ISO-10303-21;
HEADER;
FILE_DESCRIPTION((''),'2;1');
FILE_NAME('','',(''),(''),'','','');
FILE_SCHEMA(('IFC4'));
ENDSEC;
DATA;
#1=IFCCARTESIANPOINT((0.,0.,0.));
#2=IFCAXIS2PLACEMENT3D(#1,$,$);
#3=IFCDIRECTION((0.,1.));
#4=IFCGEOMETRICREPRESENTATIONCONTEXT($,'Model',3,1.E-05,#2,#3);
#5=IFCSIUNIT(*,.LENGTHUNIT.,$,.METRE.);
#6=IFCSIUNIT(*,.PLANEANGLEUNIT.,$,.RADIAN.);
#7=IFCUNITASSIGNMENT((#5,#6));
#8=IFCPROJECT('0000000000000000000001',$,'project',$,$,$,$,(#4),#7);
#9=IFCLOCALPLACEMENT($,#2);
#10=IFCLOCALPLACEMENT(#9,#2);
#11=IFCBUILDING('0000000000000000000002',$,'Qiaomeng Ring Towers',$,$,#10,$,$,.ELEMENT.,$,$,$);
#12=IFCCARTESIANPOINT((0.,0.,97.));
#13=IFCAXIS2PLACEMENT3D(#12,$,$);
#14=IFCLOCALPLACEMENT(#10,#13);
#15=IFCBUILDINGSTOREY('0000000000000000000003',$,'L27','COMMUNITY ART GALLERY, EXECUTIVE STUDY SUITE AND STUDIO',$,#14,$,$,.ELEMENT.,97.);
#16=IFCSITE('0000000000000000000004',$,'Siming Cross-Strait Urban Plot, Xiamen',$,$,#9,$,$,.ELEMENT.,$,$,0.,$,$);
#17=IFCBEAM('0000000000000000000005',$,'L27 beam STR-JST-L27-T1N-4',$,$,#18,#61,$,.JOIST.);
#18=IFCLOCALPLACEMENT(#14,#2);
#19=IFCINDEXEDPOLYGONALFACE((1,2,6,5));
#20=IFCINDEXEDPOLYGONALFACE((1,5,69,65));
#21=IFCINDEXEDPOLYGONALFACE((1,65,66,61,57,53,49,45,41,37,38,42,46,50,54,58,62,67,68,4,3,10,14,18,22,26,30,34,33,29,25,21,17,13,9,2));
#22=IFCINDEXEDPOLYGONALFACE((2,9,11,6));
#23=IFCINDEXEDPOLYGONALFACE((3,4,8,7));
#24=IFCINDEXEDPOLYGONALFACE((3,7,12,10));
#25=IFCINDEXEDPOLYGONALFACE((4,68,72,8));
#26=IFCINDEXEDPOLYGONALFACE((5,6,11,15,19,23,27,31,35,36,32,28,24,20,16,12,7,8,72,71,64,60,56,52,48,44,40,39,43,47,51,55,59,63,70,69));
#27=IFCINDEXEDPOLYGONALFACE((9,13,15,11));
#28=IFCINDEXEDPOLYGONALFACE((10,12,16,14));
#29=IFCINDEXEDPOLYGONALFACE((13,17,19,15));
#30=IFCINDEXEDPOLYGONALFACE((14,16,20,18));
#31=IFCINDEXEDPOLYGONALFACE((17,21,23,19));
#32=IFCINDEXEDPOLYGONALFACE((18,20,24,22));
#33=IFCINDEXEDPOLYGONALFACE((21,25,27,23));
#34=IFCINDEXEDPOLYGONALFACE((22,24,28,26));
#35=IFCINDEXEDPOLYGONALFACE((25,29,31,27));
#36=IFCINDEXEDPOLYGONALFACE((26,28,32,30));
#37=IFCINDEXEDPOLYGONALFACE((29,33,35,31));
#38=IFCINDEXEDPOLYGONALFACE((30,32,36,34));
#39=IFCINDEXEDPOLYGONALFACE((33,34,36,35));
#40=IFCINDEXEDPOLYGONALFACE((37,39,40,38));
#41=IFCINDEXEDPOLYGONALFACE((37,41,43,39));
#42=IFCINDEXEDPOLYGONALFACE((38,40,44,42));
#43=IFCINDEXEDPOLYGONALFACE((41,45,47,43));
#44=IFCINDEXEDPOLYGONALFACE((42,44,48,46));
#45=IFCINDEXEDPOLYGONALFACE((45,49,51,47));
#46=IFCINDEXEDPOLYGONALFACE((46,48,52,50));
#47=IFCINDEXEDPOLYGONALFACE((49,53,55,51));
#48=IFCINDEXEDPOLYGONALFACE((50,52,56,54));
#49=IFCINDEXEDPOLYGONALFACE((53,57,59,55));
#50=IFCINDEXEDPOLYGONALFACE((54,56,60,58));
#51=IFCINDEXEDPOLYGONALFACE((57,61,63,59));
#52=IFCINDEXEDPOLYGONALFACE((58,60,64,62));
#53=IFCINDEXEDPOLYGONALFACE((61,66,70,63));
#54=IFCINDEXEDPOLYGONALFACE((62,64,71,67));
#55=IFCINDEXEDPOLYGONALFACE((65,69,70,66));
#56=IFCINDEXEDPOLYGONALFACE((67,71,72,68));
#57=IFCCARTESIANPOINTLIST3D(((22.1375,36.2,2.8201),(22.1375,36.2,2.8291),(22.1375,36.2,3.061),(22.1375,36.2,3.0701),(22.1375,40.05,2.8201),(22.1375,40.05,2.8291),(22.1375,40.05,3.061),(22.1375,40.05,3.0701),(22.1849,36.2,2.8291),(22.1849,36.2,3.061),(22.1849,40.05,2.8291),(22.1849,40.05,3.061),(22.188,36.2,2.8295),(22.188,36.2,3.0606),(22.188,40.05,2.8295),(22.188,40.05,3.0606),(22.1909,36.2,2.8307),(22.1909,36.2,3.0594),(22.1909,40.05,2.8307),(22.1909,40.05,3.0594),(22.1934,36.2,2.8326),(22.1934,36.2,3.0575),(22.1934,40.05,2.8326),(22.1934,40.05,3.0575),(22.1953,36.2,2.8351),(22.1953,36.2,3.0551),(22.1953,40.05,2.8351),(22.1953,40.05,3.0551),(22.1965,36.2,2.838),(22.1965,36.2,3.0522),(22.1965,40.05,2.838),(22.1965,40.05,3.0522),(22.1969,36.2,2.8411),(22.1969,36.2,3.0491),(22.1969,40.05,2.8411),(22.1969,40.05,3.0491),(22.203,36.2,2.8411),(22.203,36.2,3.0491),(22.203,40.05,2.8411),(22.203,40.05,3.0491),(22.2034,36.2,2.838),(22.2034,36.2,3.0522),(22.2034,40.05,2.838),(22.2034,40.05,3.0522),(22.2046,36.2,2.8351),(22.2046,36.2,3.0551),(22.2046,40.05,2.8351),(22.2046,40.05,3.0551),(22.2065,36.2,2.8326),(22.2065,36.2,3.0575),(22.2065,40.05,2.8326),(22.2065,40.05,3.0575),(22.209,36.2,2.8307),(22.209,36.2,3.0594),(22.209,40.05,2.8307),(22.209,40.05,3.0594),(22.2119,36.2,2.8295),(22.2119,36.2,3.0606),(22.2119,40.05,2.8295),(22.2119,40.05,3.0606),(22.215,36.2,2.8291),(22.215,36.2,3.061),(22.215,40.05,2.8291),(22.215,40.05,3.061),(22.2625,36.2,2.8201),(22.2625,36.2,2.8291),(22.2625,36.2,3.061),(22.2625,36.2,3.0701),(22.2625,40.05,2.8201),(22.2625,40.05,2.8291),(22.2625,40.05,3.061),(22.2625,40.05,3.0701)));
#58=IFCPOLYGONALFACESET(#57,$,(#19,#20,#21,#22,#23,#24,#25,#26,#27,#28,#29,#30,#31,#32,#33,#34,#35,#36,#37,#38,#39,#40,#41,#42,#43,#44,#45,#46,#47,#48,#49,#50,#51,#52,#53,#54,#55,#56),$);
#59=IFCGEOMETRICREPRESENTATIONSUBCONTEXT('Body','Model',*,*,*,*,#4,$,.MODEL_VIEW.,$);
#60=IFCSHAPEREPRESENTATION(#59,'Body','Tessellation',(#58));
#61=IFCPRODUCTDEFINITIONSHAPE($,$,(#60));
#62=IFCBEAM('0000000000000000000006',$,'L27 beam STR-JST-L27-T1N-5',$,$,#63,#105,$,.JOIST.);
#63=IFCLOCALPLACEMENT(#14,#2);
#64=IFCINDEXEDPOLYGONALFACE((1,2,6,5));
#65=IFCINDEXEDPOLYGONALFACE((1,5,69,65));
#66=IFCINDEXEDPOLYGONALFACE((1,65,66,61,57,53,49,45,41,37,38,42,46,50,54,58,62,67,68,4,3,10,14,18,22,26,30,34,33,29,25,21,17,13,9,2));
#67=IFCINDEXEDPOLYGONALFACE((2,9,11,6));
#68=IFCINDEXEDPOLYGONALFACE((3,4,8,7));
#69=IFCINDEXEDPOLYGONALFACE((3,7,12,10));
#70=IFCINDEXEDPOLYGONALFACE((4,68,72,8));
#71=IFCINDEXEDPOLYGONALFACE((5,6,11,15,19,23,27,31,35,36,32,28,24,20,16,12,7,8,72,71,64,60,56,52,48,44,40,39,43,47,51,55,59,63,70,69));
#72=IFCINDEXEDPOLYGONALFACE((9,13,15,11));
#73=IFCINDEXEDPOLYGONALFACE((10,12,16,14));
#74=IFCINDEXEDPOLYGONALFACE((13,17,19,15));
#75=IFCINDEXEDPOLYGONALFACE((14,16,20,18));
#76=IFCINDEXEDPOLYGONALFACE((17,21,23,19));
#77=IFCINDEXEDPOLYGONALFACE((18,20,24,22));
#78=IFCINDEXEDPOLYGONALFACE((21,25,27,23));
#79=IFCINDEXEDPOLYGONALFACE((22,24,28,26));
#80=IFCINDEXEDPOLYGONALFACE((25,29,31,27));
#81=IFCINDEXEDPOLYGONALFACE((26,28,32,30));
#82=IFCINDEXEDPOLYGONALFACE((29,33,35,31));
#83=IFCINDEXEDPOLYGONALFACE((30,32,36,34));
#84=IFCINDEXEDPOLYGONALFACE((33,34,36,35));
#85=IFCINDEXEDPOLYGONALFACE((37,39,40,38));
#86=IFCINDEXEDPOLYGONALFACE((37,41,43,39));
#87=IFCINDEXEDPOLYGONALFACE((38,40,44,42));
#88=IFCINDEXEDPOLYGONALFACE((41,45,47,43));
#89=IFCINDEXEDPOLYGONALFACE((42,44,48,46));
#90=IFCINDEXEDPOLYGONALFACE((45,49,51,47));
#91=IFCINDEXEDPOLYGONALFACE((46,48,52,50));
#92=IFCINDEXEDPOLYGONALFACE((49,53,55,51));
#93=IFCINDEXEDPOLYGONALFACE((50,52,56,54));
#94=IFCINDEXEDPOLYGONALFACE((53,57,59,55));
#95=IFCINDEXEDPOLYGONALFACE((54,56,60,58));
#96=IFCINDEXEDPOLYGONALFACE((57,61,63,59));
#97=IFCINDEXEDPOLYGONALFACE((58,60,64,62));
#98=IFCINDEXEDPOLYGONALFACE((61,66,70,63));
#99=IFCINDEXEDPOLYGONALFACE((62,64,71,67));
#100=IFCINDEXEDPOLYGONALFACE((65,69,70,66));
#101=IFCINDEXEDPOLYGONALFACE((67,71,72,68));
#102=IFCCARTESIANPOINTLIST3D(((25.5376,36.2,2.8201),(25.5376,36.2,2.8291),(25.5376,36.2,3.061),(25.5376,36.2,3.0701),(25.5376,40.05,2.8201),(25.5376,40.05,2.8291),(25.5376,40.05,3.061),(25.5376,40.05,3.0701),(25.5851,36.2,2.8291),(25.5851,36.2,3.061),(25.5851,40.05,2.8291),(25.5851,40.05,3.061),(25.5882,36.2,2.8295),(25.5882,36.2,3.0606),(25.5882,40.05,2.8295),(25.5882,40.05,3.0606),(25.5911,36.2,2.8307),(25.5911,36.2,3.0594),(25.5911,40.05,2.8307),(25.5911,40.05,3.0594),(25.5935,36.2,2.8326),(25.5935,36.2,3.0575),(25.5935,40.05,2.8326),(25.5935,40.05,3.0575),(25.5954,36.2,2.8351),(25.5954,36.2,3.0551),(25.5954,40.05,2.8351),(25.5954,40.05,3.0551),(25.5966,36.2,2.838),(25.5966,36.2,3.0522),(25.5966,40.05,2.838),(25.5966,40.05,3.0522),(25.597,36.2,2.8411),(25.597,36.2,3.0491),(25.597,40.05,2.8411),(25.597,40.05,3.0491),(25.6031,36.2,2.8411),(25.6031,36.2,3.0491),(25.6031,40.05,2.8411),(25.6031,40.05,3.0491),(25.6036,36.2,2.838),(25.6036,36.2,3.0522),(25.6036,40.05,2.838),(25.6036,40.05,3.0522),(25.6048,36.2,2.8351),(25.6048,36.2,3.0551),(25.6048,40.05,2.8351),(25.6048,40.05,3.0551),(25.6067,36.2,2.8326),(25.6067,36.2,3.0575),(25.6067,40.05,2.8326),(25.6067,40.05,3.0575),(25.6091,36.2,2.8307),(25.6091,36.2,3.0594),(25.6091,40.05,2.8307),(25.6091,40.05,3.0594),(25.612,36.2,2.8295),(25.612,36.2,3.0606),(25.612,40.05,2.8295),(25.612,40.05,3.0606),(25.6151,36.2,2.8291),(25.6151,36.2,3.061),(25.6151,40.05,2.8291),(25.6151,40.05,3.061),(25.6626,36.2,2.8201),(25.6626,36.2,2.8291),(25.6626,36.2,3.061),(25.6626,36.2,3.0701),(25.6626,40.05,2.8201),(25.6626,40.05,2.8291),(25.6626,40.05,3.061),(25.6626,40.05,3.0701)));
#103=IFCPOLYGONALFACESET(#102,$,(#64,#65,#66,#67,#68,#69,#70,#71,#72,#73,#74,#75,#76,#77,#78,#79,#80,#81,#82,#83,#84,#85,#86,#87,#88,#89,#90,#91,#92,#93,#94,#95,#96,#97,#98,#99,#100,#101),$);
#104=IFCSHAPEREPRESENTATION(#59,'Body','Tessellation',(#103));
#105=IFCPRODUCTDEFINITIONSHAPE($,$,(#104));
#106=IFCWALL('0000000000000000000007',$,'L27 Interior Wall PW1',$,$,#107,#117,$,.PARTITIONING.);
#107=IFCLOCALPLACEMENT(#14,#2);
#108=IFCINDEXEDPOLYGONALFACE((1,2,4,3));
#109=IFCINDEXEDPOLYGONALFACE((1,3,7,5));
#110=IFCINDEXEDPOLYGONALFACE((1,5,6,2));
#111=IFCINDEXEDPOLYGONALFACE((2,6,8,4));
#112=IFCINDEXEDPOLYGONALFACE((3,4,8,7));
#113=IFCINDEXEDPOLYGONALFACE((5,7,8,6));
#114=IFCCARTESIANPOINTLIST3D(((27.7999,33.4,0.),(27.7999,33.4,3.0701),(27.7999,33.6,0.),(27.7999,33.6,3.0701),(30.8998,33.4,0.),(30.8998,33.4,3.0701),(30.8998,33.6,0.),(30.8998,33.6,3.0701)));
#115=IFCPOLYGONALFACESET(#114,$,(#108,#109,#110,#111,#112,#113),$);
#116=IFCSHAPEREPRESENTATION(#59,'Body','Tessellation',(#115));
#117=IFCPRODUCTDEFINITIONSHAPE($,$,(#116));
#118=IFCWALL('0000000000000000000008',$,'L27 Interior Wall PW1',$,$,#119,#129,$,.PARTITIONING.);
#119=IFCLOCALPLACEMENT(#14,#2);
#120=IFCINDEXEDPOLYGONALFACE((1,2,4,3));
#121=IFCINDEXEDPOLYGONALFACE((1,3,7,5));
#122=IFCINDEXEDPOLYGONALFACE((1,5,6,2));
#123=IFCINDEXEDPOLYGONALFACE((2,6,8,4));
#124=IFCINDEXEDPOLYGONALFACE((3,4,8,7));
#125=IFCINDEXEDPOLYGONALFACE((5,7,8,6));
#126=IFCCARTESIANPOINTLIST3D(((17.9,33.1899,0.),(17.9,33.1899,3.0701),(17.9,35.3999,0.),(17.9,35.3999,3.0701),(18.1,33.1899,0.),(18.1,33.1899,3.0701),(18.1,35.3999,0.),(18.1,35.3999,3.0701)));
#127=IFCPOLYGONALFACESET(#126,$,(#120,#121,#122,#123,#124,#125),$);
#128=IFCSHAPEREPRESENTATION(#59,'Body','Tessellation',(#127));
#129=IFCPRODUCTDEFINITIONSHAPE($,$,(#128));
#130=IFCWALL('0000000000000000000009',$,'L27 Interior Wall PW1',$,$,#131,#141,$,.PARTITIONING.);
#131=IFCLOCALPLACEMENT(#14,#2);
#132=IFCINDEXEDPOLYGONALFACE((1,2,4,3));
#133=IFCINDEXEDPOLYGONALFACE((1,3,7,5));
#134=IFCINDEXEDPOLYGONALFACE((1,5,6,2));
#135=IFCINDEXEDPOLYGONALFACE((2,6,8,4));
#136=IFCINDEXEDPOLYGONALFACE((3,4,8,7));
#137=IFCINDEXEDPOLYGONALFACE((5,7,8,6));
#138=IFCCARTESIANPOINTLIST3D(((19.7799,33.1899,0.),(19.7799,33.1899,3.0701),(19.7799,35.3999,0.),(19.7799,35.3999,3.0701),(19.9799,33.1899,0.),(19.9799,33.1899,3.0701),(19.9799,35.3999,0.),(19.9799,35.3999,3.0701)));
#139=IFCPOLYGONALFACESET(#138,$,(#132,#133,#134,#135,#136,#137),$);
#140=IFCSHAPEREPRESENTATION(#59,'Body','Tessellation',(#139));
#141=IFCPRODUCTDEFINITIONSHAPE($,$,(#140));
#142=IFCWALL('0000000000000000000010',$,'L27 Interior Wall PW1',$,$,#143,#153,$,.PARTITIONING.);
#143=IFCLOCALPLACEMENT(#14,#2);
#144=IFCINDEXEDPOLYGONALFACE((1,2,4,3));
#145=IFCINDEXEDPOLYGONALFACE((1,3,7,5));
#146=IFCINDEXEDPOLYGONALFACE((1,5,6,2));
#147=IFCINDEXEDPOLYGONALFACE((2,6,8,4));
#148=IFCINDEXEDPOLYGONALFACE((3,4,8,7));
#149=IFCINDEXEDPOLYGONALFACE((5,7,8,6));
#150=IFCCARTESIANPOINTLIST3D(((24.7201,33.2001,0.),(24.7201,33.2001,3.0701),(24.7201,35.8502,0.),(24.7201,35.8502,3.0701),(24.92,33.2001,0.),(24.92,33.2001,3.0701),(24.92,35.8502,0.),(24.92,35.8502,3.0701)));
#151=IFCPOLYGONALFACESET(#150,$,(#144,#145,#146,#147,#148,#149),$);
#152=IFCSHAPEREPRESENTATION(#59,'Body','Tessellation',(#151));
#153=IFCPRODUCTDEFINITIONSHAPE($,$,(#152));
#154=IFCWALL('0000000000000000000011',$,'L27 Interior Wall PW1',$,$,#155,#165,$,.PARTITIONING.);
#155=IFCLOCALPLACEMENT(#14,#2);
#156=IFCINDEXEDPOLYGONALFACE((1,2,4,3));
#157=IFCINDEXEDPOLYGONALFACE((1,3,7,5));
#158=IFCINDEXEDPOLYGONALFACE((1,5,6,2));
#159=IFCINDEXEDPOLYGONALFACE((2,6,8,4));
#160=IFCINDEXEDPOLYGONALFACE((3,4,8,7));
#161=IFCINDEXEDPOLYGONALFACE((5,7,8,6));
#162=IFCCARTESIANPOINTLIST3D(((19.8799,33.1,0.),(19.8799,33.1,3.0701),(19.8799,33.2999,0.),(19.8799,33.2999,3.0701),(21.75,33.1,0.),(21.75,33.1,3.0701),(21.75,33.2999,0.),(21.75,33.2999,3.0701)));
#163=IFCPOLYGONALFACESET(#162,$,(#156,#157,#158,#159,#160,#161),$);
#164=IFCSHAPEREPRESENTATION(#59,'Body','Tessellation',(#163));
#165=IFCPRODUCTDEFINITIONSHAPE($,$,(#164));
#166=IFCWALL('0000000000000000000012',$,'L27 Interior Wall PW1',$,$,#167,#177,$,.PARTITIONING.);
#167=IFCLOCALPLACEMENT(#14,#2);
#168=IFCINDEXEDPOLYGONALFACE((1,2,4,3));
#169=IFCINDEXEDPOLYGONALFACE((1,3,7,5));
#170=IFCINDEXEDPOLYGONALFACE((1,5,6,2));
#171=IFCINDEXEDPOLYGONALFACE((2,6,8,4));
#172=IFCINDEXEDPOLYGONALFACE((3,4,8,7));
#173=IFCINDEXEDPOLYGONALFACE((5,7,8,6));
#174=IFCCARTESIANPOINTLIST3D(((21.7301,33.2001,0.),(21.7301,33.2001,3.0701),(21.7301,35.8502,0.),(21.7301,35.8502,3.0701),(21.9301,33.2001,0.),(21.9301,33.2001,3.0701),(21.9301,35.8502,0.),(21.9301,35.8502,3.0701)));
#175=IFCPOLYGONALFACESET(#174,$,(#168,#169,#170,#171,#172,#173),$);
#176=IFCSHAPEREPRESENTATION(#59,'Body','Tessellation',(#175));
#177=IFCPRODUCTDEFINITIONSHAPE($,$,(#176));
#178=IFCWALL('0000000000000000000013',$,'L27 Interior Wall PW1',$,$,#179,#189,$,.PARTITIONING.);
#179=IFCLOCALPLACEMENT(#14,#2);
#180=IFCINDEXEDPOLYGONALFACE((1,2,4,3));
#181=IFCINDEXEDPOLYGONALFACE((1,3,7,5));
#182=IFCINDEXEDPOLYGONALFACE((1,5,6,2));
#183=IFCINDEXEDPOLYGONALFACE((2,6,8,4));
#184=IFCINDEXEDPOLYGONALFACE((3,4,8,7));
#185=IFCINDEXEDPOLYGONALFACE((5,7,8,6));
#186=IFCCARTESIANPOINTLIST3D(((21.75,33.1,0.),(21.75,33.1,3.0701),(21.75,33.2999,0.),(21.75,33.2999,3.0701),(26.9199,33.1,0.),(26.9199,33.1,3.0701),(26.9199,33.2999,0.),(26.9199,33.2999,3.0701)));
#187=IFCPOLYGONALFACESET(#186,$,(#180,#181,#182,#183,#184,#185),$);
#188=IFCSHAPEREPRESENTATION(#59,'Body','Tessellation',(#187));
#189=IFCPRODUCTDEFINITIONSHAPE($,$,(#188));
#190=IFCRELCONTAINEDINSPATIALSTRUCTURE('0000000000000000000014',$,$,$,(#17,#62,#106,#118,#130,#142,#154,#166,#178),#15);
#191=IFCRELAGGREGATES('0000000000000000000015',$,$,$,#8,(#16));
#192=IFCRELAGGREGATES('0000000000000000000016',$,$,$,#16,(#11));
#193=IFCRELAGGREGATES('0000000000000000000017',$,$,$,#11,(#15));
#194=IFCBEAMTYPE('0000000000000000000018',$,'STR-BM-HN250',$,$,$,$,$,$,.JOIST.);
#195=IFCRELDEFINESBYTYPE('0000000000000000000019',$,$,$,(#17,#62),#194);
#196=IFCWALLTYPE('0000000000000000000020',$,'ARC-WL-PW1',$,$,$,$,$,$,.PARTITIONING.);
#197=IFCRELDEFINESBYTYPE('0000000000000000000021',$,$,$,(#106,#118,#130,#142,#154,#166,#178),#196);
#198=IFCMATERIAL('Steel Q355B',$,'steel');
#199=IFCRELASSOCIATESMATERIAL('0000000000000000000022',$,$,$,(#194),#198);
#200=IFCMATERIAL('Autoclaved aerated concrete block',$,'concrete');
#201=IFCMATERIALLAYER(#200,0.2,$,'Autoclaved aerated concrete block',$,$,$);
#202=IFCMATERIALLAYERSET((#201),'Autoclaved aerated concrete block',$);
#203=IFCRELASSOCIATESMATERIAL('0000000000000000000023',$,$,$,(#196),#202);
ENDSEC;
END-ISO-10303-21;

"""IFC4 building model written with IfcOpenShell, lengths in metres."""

from ifc_helpers import new_model, si_unit, direction, frame, frame_2d, origin, origin_2d, place, context, subcontext, project, spatial, rectangle, i_section, extrude, source, transform, mapped, material, layer, layer_set, material_profile, profile_set, type_object, element, save


model = new_model("IFC4")

# Units and contexts
model_context = context("Model", 3, precision=1e-05, world=origin(), true_north=direction((0.0, 1.0)))
body_context = subcontext(model_context, "Body", "Model", "MODEL_VIEW")
ifc_project = project(units=[si_unit("LENGTHUNIT", "METRE"), si_unit("PLANEANGLEUNIT", "RADIAN")], contexts=[model_context])

# Site, building, storey
site_placement = place(None, origin())
site = spatial("IfcSite", under=ifc_project, at=site_placement, Name="Siming Cross-Strait Urban Plot, Xiamen", CompositionType="ELEMENT", RefElevation=0.0)
building_placement = place(site_placement, origin())
building = spatial("IfcBuilding", under=site, at=building_placement, Name="Qiaomeng Ring Towers", CompositionType="ELEMENT")
storey_placement = place(building_placement, frame((0.0, 0.0, 97.0)))
storey = spatial("IfcBuildingStorey", under=building, at=storey_placement, Name="L27", Description="COMMUNITY ART GALLERY, EXECUTIVE STUDY SUITE AND STUDIO", CompositionType="ELEMENT", Elevation=97.0)

# Beams
ifc_material_1 = material(Name="Steel Q355B", Category="steel")
ifc_material_profile_1 = material_profile(ifc_material_1, i_section(OverallWidth=0.125, OverallDepth=0.25, WebThickness=0.0061, FlangeThickness=0.009, FilletRadius=0.012, at=origin_2d()), Name="HN 250x125x6x9")
ifc_profile_set_1 = profile_set([ifc_material_profile_1], Name="Steel Q355B")
beam_type_1 = type_object("IfcBeamType", Name="STR-BM-HN250", PredefinedType="JOIST", material=ifc_profile_set_1)
shared_shape_1 = source(origin(), body_context, "Body", "SweptSolid", [
    extrude(i_section(OverallWidth=0.125, OverallDepth=0.25, WebThickness=0.0061, FlangeThickness=0.009, FilletRadius=0.012, at=origin_2d()), origin(), (0.0, 0.0, 1.0), 3.8501),
])
for number, where, z_axis, x_axis, name in (
    (1, (22.2, 36.2, 2.9451), (0.0, 1.0, 0.0), (-1.0, 0.0, 0.0), "L27 beam STR-JST-L27-T1N-4"),
    (2, (25.6001, 36.2, 2.9451), (0.0, 1.0, 0.0), (-1.0, 0.0, 0.0), "L27 beam STR-JST-L27-T1N-5"),
):
    element("IfcBeam", number, at=place(storey_placement, frame(where, z_axis=z_axis, x_axis=x_axis)), inside=storey, type_object=beam_type_1, Name=name, PredefinedType="JOIST", context=body_context, shape_type="MappedRepresentation", body=[
        mapped(shared_shape_1, transform((0.0, 0.0, 0.0), x_axis=(1.0, 0.0, 0.0), y_axis=(0.0, 1.0, 0.0), z_axis=(0.0, 0.0, 1.0), scale=1.0)),
    ])

# Walls
ifc_material_2 = material(Name="Autoclaved aerated concrete block", Category="concrete")
ifc_layer_1 = layer(ifc_material_2, 0.2, Name="Autoclaved aerated concrete block")
ifc_layer_set_1 = layer_set([ifc_layer_1], Name="Autoclaved aerated concrete block")
wall_type_1 = type_object("IfcWallType", Name="ARC-WL-PW1", PredefinedType="PARTITIONING", material=ifc_layer_set_1)
wall_1_placement = place(storey_placement, frame((27.8, 33.5, 0.0), z_axis=(0.0, 0.0, 1.0), x_axis=(1.0, 0.0, 0.0)))
element("IfcWall", 3, at=wall_1_placement, inside=storey, type_object=wall_type_1, Name="L27 Interior Wall PW1", PredefinedType="PARTITIONING", context=body_context, shape_type="SweptSolid", body=[
    extrude(rectangle(XDim=3.0999, YDim=0.2, at=frame_2d((1.5498, 0.0))), origin(), (0.0, 0.0, 1.0), 3.0701),
])
for number, where, z_axis, x_axis, name in (
    (4, (18.0, 33.1899, 0.0), (0.0, 0.0, 1.0), (0.0, 1.0, 0.0), "L27 Interior Wall PW1"),
    (5, (19.8799, 33.1899, 0.0), (0.0, 0.0, 1.0), (0.0, 1.0, 0.0), "L27 Interior Wall PW1"),
):
    element("IfcWall", number, at=place(storey_placement, frame(where, z_axis=z_axis, x_axis=x_axis)), inside=storey, type_object=wall_type_1, Name=name, PredefinedType="PARTITIONING", context=body_context, shape_type="SweptSolid", body=[
        extrude(rectangle(XDim=2.21, YDim=0.2, at=frame_2d((1.105, 0.0))), origin(), (0.0, 0.0, 1.0), 3.0701),
    ])
wall_2_placement = place(storey_placement, frame((24.8201, 33.2, 0.0), z_axis=(0.0, 0.0, 1.0), x_axis=(0.0, 1.0, 0.0)))
element("IfcWall", 6, at=wall_2_placement, inside=storey, type_object=wall_type_1, Name="L27 Interior Wall PW1", PredefinedType="PARTITIONING", context=body_context, shape_type="SweptSolid", body=[
    extrude(rectangle(XDim=2.6501, YDim=0.2, at=frame_2d((1.3252, 0.0))), origin(), (0.0, 0.0, 1.0), 3.0701),
])
wall_3_placement = place(storey_placement, frame((19.8799, 33.2, 0.0), z_axis=(0.0, 0.0, 1.0), x_axis=(1.0, 0.0, 0.0)))
element("IfcWall", 7, at=wall_3_placement, inside=storey, type_object=wall_type_1, Name="L27 Interior Wall PW1", PredefinedType="PARTITIONING", context=body_context, shape_type="SweptSolid", body=[
    extrude(rectangle(XDim=1.8701, YDim=0.2, at=frame_2d((0.9351, 0.0))), origin(), (0.0, 0.0, 1.0), 3.0701),
])
wall_4_placement = place(storey_placement, frame((21.8301, 33.2, 0.0), z_axis=(0.0, 0.0, 1.0), x_axis=(0.0, 1.0, 0.0)))
element("IfcWall", 8, at=wall_4_placement, inside=storey, type_object=wall_type_1, Name="L27 Interior Wall PW1", PredefinedType="PARTITIONING", context=body_context, shape_type="SweptSolid", body=[
    extrude(rectangle(XDim=2.6501, YDim=0.2, at=frame_2d((1.3252, 0.0))), origin(), (0.0, 0.0, 1.0), 3.0701),
])
wall_5_placement = place(storey_placement, frame((21.75, 33.2, 0.0), z_axis=(0.0, 0.0, 1.0), x_axis=(1.0, 0.0, 0.0)))
element("IfcWall", 9, at=wall_5_placement, inside=storey, type_object=wall_type_1, Name="L27 Interior Wall PW1", PredefinedType="PARTITIONING", context=body_context, shape_type="SweptSolid", body=[
    extrude(rectangle(XDim=5.1699, YDim=0.2, at=frame_2d((2.585, 0.0))), origin(), (0.0, 0.0, 1.0), 3.0701),
])

save(model, "model.ifc")
